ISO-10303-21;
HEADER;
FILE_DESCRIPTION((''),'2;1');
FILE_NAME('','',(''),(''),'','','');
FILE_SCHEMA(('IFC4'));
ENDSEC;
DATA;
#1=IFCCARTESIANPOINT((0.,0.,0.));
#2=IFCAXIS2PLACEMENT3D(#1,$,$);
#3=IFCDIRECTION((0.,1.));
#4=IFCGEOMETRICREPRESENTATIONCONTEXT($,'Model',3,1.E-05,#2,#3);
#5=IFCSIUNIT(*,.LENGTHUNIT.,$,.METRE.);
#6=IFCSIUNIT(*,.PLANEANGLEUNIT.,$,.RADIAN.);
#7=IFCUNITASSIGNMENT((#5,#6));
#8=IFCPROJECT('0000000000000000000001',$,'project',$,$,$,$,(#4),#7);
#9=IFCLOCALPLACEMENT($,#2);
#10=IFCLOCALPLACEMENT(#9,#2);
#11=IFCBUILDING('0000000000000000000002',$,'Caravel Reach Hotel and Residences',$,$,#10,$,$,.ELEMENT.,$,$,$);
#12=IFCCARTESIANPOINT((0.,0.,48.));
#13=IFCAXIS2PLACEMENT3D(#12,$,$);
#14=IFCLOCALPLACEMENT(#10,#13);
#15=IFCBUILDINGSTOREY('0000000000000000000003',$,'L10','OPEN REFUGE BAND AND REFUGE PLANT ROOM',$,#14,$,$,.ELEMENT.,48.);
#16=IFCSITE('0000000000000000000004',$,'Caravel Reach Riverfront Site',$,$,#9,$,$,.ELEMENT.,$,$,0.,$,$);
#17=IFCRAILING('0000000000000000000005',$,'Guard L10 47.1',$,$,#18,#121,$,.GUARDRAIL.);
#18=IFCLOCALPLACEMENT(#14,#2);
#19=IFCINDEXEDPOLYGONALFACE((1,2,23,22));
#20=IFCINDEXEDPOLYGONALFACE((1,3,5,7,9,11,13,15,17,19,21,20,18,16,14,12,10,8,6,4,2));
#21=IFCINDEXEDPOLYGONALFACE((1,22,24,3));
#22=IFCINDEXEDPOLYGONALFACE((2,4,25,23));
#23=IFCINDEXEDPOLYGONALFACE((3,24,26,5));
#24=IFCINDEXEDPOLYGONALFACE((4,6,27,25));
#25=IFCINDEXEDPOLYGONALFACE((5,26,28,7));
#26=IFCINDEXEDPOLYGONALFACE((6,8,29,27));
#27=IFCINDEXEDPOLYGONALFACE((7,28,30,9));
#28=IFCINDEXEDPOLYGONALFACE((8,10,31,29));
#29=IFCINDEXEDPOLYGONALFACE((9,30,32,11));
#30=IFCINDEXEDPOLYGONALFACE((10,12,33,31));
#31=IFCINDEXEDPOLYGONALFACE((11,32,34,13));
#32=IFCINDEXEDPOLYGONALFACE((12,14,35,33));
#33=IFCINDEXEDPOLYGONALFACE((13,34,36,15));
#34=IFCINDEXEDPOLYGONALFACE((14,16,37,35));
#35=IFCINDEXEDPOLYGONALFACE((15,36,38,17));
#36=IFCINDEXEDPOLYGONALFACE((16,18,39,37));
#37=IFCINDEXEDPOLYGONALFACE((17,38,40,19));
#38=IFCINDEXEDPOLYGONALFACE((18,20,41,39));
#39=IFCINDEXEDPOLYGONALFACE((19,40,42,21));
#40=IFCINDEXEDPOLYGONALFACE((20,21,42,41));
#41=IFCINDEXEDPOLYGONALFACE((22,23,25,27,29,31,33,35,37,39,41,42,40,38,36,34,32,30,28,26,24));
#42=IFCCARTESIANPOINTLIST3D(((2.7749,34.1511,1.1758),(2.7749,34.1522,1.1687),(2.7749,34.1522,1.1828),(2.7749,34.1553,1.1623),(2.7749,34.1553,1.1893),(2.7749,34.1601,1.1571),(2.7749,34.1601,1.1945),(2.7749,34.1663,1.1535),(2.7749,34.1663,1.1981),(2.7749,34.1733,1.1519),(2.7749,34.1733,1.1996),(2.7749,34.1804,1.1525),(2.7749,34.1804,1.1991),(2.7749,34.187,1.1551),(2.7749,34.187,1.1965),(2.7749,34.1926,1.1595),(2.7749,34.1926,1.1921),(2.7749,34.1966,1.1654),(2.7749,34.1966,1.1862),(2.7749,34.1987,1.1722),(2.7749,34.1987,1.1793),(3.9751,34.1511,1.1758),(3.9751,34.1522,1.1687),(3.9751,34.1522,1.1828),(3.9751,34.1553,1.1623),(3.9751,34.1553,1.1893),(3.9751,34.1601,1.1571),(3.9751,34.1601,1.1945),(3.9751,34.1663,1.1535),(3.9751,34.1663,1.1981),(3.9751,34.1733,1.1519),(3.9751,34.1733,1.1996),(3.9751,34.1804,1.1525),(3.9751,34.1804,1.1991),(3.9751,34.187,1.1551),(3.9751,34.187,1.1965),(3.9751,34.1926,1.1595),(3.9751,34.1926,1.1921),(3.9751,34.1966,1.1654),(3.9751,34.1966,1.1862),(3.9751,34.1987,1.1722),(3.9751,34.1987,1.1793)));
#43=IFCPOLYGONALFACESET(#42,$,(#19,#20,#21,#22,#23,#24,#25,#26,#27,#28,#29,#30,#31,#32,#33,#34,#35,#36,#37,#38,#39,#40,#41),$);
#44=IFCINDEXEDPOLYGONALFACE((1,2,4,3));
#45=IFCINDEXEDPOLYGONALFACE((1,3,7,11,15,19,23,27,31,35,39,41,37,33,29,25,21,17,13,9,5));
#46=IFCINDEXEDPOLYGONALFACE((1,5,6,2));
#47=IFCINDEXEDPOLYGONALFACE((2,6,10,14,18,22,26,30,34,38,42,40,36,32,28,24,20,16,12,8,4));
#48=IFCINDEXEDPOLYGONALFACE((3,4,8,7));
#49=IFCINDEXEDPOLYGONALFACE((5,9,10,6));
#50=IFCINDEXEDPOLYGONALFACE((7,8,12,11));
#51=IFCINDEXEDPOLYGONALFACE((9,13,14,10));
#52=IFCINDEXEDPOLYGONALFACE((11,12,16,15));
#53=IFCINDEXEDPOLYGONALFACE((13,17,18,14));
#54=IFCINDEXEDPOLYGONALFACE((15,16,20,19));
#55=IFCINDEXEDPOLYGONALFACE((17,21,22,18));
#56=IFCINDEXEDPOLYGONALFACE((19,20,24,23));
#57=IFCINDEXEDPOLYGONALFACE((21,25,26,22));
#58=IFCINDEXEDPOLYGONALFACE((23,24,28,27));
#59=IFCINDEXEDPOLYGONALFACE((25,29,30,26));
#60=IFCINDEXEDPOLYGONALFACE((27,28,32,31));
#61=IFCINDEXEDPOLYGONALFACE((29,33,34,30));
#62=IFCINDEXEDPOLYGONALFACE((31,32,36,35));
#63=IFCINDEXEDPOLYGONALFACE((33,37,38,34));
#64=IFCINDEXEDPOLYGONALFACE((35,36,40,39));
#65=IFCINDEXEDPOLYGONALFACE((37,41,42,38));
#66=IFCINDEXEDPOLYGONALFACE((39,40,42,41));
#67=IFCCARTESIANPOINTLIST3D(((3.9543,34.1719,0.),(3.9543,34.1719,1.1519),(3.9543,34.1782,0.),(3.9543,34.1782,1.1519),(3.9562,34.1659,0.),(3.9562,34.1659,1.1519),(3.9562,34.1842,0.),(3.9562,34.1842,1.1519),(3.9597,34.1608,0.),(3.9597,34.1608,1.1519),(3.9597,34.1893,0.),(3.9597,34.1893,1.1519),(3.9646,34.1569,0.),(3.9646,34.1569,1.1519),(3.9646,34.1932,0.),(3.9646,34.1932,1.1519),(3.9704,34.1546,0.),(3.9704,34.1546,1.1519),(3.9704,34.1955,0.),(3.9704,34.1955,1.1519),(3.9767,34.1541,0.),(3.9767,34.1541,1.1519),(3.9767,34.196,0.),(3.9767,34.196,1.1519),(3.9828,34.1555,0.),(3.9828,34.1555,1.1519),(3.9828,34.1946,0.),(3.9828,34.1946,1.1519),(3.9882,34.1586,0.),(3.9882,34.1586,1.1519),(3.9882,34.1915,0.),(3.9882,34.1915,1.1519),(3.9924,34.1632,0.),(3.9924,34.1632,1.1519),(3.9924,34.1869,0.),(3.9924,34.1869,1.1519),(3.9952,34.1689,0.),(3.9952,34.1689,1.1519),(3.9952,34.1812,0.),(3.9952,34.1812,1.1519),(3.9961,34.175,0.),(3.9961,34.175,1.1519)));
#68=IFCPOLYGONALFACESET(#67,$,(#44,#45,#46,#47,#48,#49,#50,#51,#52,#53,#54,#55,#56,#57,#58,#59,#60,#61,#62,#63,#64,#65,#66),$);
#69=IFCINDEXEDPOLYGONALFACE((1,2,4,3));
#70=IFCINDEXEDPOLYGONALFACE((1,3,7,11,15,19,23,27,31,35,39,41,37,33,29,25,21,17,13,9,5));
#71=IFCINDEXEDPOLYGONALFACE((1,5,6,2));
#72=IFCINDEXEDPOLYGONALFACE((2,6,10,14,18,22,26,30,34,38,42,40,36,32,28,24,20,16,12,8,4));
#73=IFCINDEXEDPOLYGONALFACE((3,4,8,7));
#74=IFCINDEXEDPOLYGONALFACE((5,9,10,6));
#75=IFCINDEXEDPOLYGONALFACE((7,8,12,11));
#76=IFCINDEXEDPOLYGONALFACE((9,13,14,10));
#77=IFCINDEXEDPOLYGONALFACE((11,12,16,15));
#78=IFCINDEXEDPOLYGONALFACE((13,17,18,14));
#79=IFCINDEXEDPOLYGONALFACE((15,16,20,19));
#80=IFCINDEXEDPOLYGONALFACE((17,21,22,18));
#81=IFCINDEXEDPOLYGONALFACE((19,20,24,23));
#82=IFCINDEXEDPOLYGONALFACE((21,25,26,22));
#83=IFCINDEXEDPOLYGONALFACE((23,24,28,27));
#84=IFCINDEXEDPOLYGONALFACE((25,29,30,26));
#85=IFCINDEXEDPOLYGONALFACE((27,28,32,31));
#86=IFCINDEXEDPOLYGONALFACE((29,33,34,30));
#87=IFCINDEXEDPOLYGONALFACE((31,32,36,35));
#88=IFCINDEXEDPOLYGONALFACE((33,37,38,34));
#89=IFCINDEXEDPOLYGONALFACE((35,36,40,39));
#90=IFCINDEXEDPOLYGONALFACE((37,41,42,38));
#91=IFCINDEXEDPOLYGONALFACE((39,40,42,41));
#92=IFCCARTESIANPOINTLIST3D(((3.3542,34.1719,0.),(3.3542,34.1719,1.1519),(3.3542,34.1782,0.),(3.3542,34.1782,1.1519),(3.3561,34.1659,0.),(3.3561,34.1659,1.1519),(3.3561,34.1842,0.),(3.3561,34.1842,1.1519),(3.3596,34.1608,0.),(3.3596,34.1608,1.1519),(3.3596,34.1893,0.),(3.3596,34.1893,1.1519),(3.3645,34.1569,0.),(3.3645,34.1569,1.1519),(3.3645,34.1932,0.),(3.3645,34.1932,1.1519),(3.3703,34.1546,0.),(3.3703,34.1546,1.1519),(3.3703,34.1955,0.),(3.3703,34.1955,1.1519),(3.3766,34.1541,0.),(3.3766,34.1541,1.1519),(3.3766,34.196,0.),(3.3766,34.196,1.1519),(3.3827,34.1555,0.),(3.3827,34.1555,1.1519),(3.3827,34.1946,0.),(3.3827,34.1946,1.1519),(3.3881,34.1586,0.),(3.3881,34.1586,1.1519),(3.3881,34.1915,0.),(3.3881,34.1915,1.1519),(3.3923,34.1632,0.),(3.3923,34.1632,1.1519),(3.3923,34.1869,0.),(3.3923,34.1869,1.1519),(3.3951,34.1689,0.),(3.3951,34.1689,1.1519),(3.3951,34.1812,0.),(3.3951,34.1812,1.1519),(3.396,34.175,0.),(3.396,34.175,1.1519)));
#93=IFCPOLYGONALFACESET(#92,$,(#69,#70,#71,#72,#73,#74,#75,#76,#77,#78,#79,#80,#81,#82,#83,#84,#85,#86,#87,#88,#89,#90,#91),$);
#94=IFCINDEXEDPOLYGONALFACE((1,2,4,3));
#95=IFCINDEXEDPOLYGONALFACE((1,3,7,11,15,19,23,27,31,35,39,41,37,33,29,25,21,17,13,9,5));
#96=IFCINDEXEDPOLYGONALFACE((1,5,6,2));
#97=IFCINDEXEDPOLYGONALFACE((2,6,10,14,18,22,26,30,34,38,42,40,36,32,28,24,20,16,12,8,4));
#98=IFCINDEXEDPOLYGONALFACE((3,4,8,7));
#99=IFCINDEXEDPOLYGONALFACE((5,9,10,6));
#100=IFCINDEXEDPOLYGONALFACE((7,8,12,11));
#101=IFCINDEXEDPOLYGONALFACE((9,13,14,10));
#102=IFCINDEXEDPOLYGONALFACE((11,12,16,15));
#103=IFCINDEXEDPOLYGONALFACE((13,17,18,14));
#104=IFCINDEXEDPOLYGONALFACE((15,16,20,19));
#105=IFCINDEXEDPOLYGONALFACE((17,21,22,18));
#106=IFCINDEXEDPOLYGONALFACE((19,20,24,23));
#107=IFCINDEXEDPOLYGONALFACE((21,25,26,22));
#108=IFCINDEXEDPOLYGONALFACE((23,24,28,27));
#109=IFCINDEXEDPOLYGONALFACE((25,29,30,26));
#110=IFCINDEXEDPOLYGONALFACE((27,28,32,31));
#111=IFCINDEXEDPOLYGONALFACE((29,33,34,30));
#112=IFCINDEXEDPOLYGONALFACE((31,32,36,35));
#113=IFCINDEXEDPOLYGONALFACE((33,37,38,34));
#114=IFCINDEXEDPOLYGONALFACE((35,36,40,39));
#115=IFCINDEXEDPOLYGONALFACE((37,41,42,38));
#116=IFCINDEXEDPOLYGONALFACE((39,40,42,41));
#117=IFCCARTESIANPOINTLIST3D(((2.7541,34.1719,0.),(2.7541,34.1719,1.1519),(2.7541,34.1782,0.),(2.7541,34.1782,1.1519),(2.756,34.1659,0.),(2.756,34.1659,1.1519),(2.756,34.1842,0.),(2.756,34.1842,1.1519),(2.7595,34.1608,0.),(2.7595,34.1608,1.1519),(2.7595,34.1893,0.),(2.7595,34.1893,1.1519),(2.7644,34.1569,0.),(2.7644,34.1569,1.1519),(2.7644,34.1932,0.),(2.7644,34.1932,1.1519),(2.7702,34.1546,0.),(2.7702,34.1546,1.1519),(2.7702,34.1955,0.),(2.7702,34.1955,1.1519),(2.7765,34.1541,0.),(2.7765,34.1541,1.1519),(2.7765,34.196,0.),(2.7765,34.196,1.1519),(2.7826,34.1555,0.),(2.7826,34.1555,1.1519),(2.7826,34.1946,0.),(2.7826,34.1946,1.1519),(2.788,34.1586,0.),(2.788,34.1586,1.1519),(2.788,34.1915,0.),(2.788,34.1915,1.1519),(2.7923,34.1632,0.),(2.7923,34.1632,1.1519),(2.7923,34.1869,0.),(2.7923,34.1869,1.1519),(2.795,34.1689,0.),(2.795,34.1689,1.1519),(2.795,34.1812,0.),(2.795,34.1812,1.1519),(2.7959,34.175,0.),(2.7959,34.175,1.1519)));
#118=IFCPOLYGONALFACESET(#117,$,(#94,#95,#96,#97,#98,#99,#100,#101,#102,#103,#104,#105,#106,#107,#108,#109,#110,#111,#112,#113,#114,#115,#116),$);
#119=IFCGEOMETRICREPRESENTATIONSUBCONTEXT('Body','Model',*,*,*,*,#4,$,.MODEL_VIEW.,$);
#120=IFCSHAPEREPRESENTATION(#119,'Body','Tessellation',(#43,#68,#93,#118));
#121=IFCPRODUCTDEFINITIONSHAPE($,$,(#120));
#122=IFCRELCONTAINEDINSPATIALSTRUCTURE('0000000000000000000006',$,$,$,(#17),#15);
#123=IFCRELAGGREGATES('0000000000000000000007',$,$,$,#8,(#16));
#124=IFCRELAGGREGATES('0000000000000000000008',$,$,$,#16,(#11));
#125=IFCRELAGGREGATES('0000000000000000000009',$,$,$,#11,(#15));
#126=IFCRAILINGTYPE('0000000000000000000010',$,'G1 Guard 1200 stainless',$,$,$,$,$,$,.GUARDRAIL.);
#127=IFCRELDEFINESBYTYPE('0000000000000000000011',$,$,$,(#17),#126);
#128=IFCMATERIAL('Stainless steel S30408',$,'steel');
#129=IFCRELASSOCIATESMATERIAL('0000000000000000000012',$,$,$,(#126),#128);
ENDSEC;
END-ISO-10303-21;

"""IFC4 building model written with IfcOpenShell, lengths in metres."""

from ifc_helpers import new_model, si_unit, direction, frame, origin, origin_2d, place, context, subcontext, project, spatial, circle, extrude, material, type_object, element, save


model = new_model("IFC4")

# Units and contexts
model_context = context("Model", 3, precision=1e-05, world=origin(), true_north=direction((0.0, 1.0)))
body_context = subcontext(model_context, "Body", "Model", "MODEL_VIEW")
ifc_project = project(units=[si_unit("LENGTHUNIT", "METRE"), si_unit("PLANEANGLEUNIT", "RADIAN")], contexts=[model_context])

# Site, building, storey
site_placement = place(None, origin())
site = spatial("IfcSite", under=ifc_project, at=site_placement, Name="Caravel Reach Riverfront Site", CompositionType="ELEMENT", RefElevation=0.0)
building_placement = place(site_placement, origin())
building = spatial("IfcBuilding", under=site, at=building_placement, Name="Caravel Reach Hotel and Residences", CompositionType="ELEMENT")
storey_placement = place(building_placement, frame((0.0, 0.0, 48.0)))
storey = spatial("IfcBuildingStorey", under=building, at=storey_placement, Name="L10", Description="OPEN REFUGE BAND AND REFUGE PLANT ROOM", CompositionType="ELEMENT", Elevation=48.0)

# Railing
ifc_material_1 = material(Name="Stainless steel S30408", Category="steel")
railing_type = type_object("IfcRailingType", Name="G1 Guard 1200 stainless", PredefinedType="GUARDRAIL", material=ifc_material_1)
railing_1_placement = place(storey_placement, frame((3.9751, 34.175, 0.0)))
element("IfcRailing", 1, at=railing_1_placement, inside=storey, type_object=railing_type, Name="Guard L10 47.1", PredefinedType="GUARDRAIL", context=body_context, shape_type="SweptSolid", body=[
    extrude(circle(Radius=0.0239, at=origin_2d()), frame((0.0, 0.0, 1.1758), z_axis=(-1.0, 0.0, 0.0), x_axis=(0.0, -1.0, 0.0)), (0.0, 0.0, 1.0), 1.2002),
    extrude(circle(Radius=0.021, at=origin_2d()), origin(), (0.0, 0.0, 1.0), 1.1519),
    extrude(circle(Radius=0.021, at=origin_2d()), frame((-0.6001, 0.0, 0.0)), (0.0, 0.0, 1.0), 1.1519),
    extrude(circle(Radius=0.021, at=origin_2d()), frame((-1.2002, 0.0, 0.0)), (0.0, 0.0, 1.0), 1.1519),
])

save(model, "model.ifc")
